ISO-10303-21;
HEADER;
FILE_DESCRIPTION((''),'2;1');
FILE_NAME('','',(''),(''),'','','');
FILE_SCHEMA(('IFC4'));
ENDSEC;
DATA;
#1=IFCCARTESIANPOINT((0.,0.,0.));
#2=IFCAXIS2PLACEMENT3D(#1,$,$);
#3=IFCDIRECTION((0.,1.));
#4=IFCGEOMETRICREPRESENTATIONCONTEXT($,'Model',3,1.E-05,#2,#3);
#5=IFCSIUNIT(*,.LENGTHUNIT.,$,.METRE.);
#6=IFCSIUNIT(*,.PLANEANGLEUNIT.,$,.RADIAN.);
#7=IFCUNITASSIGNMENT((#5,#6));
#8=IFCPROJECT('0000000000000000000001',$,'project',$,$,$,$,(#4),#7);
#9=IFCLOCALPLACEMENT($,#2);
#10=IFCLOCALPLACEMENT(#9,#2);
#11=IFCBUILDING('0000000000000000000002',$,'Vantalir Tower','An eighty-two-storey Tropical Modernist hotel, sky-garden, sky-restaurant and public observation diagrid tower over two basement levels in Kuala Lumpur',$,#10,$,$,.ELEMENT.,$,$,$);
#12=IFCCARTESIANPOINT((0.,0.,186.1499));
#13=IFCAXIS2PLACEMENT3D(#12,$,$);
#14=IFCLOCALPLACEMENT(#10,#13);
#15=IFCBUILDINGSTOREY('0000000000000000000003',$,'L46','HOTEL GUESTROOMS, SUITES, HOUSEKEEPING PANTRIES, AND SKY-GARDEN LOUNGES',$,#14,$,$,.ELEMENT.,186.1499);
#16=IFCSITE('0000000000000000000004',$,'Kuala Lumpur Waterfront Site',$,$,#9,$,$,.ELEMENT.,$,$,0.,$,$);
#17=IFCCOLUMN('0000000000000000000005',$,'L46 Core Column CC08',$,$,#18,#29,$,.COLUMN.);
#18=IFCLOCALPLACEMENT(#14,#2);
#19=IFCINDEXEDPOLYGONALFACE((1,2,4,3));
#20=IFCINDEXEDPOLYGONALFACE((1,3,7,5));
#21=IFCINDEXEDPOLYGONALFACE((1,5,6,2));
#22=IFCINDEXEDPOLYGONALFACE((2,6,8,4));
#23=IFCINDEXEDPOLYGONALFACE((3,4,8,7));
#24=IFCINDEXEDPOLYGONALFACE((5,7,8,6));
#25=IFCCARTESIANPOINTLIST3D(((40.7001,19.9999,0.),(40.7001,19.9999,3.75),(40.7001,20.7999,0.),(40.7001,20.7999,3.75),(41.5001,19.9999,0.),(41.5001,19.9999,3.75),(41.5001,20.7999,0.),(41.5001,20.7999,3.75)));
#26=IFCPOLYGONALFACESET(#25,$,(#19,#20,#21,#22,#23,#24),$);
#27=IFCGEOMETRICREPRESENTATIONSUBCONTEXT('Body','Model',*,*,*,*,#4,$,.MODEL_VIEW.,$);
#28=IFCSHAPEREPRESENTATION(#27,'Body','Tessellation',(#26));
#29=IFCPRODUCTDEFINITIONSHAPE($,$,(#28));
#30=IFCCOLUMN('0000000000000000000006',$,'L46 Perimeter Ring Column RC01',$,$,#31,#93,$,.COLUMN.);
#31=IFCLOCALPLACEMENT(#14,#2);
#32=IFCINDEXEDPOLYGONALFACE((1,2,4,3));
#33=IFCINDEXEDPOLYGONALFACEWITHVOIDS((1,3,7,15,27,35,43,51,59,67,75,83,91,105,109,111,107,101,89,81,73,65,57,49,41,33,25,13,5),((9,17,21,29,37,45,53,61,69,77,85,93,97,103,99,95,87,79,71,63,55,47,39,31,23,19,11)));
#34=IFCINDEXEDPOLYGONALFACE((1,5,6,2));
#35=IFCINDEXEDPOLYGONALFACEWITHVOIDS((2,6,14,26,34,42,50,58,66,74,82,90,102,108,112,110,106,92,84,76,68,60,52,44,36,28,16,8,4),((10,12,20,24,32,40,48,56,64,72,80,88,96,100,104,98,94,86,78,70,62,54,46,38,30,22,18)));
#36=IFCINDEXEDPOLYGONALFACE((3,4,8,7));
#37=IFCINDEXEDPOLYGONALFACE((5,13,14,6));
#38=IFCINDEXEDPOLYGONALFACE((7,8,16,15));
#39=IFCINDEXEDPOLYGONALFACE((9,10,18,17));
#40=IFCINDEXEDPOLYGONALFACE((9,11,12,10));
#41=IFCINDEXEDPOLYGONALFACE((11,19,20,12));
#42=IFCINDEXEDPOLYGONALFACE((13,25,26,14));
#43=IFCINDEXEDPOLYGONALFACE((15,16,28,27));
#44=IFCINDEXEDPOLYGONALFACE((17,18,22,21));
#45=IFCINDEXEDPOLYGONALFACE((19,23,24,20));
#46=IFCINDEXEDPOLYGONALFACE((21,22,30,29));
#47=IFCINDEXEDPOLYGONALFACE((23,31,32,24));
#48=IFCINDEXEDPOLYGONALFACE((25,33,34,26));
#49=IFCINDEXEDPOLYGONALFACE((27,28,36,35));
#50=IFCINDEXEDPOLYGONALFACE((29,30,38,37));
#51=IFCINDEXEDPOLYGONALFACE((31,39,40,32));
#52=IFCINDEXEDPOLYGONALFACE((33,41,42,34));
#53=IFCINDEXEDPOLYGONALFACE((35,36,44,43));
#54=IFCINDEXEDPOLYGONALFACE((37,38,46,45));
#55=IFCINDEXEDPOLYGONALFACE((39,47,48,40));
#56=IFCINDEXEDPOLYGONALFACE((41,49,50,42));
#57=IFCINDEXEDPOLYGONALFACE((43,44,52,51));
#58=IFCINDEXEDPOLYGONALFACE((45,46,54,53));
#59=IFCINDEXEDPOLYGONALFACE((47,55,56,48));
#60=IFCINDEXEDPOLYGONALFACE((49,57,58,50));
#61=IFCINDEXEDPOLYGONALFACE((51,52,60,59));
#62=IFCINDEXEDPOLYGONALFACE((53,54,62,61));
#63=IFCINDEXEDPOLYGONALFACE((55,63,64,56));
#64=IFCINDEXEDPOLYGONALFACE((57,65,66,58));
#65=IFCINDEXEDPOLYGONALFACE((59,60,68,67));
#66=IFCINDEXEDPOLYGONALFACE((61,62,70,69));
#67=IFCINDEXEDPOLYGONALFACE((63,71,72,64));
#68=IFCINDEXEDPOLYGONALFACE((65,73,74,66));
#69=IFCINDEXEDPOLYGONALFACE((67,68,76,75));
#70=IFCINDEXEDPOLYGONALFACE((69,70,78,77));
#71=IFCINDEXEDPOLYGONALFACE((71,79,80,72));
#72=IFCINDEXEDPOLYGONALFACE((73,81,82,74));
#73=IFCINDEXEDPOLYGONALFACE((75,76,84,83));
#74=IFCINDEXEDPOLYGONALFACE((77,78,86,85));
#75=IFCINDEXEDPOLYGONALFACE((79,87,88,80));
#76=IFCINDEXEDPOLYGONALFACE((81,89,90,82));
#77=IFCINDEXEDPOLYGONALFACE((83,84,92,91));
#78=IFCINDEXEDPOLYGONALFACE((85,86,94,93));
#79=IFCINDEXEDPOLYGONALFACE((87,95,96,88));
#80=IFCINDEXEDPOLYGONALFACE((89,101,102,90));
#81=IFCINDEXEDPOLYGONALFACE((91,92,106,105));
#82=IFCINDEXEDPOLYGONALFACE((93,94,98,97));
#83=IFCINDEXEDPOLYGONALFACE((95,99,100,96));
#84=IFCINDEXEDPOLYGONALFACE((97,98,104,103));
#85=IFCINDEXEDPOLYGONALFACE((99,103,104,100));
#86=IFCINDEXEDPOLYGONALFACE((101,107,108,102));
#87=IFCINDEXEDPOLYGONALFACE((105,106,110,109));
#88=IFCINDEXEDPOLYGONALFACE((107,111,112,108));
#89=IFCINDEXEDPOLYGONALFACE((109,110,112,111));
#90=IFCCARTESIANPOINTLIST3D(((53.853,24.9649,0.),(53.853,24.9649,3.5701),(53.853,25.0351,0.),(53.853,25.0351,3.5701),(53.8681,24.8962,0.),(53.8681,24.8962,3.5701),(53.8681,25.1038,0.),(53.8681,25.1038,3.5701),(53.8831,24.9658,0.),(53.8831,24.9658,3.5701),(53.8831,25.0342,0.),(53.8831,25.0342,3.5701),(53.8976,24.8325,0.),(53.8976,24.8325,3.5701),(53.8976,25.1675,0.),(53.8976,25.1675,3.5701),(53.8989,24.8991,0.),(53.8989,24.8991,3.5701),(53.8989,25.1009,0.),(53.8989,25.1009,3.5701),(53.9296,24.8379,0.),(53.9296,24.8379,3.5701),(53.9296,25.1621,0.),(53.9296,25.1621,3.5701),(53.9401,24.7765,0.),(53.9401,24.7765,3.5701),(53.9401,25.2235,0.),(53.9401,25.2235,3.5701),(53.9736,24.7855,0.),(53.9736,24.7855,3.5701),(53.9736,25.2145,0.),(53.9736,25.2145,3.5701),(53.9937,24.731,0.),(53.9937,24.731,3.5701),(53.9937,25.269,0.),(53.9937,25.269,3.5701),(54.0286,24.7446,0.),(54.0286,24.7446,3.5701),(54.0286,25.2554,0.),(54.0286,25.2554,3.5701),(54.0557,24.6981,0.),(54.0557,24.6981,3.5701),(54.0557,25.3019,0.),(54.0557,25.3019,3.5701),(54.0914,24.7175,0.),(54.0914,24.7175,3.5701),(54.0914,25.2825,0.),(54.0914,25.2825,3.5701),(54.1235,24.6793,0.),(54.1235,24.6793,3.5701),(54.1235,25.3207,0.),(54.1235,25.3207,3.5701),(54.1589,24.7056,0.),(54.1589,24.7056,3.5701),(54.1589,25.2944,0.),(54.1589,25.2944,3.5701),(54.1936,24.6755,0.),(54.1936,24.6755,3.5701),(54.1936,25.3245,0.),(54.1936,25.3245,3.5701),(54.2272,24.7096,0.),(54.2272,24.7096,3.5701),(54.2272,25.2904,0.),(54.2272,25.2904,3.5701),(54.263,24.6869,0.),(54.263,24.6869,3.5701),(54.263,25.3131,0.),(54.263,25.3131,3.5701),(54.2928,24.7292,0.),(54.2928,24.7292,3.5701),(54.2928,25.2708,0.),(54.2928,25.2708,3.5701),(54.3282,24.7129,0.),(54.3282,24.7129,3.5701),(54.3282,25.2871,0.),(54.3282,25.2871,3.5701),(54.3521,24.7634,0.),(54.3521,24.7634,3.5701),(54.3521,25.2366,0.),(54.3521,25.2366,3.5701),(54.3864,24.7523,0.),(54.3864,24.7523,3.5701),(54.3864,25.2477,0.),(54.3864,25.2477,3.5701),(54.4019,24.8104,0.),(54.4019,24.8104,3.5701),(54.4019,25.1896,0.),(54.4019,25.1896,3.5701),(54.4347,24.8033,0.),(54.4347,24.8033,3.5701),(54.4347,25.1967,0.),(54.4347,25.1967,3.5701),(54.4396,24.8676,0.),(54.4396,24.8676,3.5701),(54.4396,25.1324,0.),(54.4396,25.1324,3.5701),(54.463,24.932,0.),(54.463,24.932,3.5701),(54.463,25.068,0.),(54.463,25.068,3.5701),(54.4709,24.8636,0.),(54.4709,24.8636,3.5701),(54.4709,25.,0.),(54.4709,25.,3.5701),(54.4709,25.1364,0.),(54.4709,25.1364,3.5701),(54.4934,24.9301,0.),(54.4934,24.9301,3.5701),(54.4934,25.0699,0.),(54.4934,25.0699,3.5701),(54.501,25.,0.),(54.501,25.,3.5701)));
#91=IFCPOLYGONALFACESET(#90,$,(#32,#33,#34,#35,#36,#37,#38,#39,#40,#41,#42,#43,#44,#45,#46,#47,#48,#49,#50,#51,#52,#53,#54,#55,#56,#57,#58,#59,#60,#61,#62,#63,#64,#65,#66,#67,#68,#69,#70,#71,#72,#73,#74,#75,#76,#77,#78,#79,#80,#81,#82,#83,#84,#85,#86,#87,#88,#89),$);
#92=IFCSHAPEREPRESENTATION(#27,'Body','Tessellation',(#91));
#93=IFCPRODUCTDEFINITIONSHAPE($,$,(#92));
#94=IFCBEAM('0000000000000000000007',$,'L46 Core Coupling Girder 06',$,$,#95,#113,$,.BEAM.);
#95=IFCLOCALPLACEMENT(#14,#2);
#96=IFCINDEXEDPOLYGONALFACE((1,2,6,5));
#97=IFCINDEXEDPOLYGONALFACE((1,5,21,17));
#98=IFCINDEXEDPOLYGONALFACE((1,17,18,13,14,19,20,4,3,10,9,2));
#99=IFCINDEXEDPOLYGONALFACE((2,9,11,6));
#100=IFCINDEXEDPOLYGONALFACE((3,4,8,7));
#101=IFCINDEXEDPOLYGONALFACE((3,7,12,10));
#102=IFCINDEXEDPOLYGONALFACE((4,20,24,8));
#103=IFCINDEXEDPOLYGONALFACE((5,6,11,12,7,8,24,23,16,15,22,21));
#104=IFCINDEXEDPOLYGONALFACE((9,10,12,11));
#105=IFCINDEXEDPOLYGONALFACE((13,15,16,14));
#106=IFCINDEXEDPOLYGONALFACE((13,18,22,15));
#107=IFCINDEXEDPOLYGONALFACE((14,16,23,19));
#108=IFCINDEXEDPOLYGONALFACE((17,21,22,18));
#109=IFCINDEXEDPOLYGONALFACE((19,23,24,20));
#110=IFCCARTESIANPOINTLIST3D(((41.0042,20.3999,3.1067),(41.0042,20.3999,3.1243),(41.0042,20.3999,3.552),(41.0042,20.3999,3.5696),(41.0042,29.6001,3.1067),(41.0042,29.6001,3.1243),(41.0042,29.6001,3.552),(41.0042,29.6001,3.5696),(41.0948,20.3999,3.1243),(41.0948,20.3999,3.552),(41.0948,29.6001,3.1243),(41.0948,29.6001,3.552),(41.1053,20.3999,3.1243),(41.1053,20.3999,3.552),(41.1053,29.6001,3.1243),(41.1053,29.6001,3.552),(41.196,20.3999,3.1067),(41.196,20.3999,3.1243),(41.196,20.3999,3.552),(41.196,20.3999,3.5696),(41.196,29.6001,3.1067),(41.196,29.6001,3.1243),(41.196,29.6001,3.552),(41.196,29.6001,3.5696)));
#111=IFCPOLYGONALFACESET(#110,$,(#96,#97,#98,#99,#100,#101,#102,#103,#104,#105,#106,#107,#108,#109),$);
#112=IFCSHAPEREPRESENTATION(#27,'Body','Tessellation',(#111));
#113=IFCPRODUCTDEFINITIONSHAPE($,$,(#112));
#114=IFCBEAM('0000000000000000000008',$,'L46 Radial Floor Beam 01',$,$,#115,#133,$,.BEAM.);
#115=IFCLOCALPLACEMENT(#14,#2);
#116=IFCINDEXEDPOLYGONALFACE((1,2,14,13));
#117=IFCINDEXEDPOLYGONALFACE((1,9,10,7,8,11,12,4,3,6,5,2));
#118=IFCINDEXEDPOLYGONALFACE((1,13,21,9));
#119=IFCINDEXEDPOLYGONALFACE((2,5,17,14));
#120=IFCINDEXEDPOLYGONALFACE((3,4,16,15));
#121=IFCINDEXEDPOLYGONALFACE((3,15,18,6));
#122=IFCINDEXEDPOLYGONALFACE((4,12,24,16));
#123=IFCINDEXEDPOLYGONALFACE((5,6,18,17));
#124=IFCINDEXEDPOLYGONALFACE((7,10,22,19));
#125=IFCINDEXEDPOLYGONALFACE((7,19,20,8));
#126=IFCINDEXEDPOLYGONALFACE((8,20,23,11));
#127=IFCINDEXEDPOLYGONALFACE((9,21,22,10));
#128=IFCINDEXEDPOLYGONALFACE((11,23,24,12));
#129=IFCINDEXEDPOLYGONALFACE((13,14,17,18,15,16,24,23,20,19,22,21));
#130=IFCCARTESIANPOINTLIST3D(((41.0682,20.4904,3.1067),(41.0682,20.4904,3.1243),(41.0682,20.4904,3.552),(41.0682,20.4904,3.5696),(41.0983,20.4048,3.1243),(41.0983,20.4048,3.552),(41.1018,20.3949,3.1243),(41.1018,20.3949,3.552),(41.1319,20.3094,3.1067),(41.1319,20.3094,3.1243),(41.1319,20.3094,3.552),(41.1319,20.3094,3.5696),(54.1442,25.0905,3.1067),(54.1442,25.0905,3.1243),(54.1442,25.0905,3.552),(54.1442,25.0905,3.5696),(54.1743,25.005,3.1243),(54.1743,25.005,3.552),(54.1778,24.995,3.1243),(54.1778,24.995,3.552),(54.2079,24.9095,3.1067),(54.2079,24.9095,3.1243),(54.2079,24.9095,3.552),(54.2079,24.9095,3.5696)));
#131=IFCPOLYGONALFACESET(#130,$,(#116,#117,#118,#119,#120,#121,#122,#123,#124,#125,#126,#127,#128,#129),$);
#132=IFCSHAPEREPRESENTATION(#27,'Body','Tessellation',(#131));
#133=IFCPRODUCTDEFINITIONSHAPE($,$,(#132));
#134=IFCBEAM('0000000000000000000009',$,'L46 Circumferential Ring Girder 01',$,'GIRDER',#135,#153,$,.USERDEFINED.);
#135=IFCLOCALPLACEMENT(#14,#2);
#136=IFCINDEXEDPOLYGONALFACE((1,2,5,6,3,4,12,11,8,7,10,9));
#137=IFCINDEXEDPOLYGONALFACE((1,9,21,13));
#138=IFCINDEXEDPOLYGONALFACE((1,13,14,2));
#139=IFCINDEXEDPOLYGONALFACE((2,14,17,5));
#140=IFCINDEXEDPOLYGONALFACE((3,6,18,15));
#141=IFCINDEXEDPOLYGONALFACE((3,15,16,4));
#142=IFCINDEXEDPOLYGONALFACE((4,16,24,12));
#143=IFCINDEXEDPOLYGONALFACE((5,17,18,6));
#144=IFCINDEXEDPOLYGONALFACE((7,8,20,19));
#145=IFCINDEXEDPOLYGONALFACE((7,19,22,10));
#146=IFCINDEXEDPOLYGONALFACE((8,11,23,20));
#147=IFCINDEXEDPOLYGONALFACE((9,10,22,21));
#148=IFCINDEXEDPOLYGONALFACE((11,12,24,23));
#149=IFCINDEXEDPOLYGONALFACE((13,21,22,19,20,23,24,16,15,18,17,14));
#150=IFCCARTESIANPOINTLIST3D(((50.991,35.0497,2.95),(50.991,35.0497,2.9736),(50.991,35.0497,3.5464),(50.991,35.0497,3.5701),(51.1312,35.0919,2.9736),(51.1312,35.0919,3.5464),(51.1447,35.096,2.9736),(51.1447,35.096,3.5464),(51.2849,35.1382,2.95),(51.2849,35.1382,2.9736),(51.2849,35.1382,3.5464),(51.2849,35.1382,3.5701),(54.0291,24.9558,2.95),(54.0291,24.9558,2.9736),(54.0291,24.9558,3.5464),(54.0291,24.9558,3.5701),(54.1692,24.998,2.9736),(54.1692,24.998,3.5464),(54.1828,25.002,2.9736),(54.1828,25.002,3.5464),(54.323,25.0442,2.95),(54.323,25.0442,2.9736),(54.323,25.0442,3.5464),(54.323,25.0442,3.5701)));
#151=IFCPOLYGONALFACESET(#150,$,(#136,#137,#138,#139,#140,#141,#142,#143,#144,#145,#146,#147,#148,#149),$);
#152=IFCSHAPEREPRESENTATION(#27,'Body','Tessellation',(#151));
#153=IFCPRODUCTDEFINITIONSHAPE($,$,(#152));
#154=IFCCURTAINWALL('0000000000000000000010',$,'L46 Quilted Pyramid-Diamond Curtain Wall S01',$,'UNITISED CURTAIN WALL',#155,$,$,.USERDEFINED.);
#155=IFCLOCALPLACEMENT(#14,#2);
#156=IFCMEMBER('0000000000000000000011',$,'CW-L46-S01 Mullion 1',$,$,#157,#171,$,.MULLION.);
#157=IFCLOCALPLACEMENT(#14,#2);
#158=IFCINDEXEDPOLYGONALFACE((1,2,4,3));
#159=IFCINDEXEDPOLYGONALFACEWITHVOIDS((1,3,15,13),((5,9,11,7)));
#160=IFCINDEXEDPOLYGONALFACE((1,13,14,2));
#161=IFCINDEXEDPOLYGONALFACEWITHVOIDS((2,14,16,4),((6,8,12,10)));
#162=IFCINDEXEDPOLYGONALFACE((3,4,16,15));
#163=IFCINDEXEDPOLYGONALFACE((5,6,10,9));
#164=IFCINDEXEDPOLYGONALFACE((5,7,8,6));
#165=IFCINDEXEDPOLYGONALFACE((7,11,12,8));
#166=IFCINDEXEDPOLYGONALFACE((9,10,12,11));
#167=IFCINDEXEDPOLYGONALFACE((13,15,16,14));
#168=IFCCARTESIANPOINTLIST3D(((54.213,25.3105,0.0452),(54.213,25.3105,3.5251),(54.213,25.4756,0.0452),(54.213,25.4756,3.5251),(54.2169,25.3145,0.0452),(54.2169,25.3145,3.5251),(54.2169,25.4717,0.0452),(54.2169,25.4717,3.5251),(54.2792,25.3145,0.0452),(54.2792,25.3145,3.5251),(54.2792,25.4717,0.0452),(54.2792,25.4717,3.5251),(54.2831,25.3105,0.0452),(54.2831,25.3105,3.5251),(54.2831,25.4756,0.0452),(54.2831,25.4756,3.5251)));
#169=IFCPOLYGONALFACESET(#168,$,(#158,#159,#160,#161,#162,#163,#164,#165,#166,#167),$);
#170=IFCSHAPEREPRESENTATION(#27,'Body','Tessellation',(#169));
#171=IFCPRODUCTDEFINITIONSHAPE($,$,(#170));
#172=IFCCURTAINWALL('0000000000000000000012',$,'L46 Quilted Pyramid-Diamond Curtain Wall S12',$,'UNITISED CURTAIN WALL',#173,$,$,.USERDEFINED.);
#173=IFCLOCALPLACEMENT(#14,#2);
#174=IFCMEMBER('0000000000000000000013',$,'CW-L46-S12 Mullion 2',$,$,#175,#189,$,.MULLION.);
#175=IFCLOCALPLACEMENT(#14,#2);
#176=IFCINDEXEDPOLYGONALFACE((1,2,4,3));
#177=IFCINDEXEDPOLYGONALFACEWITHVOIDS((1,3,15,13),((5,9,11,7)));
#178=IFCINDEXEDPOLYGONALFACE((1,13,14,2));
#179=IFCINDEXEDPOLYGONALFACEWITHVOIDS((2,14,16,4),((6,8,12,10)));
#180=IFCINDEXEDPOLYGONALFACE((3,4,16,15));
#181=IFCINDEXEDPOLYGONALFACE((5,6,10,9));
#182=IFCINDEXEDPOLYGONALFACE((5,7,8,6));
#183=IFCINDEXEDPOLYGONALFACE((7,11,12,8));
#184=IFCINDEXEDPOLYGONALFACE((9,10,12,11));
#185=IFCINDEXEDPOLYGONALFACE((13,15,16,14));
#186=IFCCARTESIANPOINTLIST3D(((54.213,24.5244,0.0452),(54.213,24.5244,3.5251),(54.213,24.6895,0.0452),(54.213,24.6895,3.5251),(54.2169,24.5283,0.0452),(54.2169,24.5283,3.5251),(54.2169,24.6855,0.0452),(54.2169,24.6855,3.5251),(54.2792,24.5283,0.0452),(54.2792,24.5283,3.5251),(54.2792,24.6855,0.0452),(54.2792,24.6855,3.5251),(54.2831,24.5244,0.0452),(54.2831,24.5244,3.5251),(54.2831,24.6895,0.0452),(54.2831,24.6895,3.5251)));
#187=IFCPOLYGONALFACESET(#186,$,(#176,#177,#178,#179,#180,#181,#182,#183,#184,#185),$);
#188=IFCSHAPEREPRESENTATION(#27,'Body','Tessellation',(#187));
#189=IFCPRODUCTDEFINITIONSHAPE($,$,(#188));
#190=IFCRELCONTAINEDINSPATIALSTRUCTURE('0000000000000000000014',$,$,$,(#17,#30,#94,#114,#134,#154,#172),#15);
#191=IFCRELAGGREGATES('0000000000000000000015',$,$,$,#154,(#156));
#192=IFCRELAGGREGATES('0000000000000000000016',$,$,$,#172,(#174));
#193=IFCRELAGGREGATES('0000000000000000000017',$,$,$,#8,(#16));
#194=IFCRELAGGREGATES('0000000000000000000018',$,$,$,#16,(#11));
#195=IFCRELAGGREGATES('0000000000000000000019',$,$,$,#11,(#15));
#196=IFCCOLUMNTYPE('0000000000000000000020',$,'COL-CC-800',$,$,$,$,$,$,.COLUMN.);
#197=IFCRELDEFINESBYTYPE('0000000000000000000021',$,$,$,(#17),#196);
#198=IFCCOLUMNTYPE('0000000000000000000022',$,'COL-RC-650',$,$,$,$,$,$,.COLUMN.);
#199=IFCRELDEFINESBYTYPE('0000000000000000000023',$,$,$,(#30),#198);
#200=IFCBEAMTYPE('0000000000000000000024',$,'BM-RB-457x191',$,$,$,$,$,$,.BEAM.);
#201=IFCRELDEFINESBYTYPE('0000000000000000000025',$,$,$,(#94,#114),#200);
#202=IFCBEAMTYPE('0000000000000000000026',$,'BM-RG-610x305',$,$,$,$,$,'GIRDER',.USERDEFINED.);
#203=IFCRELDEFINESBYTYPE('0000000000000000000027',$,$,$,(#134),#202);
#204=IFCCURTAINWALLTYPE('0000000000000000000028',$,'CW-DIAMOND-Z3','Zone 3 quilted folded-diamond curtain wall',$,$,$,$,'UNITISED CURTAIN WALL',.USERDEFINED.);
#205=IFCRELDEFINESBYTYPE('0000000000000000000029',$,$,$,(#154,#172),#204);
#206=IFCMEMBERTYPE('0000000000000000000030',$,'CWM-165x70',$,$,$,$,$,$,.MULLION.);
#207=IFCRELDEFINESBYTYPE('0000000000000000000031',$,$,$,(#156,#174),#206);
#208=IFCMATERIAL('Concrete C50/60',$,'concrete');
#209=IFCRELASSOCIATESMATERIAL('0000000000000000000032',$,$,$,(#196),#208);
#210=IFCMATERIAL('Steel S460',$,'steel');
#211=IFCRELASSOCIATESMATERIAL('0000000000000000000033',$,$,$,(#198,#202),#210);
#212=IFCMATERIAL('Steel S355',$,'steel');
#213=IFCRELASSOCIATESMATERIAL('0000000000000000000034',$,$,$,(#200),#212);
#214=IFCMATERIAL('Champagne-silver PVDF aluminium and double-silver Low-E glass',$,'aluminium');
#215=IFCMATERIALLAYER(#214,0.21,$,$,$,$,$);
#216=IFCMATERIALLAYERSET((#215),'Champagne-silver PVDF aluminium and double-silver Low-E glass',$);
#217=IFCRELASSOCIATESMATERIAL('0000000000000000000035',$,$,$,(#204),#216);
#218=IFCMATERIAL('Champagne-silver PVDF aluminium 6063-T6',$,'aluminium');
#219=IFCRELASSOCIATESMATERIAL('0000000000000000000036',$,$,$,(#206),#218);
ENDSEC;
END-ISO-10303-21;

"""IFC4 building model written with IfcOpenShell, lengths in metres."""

from ifc_helpers import new_model, si_unit, direction, frame, origin, origin_2d, place, context, subcontext, project, spatial, rectangle, hollow_rectangle, hollow_circle, i_section, extrude, material, layer, layer_set, material_profile, profile_set, type_object, element, aggregate, save


model = new_model("IFC4")

# Units and contexts
model_context = context("Model", 3, precision=1e-05, world=origin(), true_north=direction((0.0, 1.0)))
body_context = subcontext(model_context, "Body", "Model", "MODEL_VIEW")
ifc_project = project(units=[si_unit("LENGTHUNIT", "METRE"), si_unit("PLANEANGLEUNIT", "RADIAN")], contexts=[model_context])

# Site, building, storey
site_placement = place(None, origin())
site = spatial("IfcSite", under=ifc_project, at=site_placement, Name="Kuala Lumpur Waterfront Site", CompositionType="ELEMENT", RefElevation=0.0)
building_placement = place(site_placement, origin())
building = spatial("IfcBuilding", under=site, at=building_placement, Name="Vantalir Tower", Description="An eighty-two-storey Tropical Modernist hotel, sky-garden, sky-restaurant and public observation diagrid tower over two basement levels in Kuala Lumpur", CompositionType="ELEMENT")
storey_placement = place(building_placement, frame((0.0, 0.0, 186.1499)))
storey = spatial("IfcBuildingStorey", under=building, at=storey_placement, Name="L46", Description="HOTEL GUESTROOMS, SUITES, HOUSEKEEPING PANTRIES, AND SKY-GARDEN LOUNGES", CompositionType="ELEMENT", Elevation=186.1499)

# Columns
ifc_material_1 = material(Name="Concrete C50/60", Category="concrete")
ifc_material_profile_1 = material_profile(ifc_material_1, rectangle(XDim=0.8, YDim=0.8, at=origin_2d()), Name="Concrete C50/60")
ifc_profile_set_1 = profile_set([ifc_material_profile_1], Name="Concrete C50/60")
column_type_1 = type_object("IfcColumnType", Name="COL-CC-800", PredefinedType="COLUMN", material=ifc_profile_set_1)
column_1_placement = place(storey_placement, frame((41.1001, 20.3999, 0.0), z_axis=(0.0, 0.0, 1.0), x_axis=(1.0, 0.0, 0.0)))
element("IfcColumn", 1, at=column_1_placement, inside=storey, type_object=column_type_1, Name="L46 Core Column CC08", PredefinedType="COLUMN", context=body_context, shape_type="SweptSolid", body=[
    extrude(rectangle(XDim=0.8, YDim=0.8, at=origin_2d()), origin(), (0.0, 0.0, 1.0), 3.75),
])
ifc_material_2 = material(Name="Steel S460", Category="steel")
ifc_material_profile_2 = material_profile(ifc_material_2, hollow_circle(Radius=0.325, WallThickness=0.03, at=origin_2d()), Name="Steel S460")
ifc_profile_set_2 = profile_set([ifc_material_profile_2], Name="Steel S460")
column_type_2 = type_object("IfcColumnType", Name="COL-RC-650", PredefinedType="COLUMN", material=ifc_profile_set_2)
column_2_placement = place(storey_placement, frame((54.176, 25.0, 0.0), z_axis=(0.0, 0.0, 1.0), x_axis=(1.0, 0.0, 0.0)))
element("IfcColumn", 2, at=column_2_placement, inside=storey, type_object=column_type_2, Name="L46 Perimeter Ring Column RC01", PredefinedType="COLUMN", context=body_context, shape_type="SweptSolid", body=[
    extrude(hollow_circle(Radius=0.325, WallThickness=0.03, at=origin_2d()), origin(), (0.0, 0.0, 1.0), 3.5701),
])

# Beams
ifc_material_3 = material(Name="Steel S355", Category="steel")
ifc_material_profile_3 = material_profile(ifc_material_3, i_section(OverallWidth=0.1919, OverallDepth=0.4629, WebThickness=0.0105, FlangeThickness=0.0176, at=origin_2d()), Name="Steel S355")
ifc_profile_set_3 = profile_set([ifc_material_profile_3], Name="Steel S355")
beam_type_1 = type_object("IfcBeamType", Name="BM-RB-457x191", PredefinedType="BEAM", material=ifc_profile_set_3)
beam_1_placement = place(storey_placement, frame((41.1001, 20.3999, 3.3381), z_axis=(0.0, 1.0, 0.0), x_axis=(-1.0, 0.0, 0.0)))
element("IfcBeam", 3, at=beam_1_placement, inside=storey, type_object=beam_type_1, Name="L46 Core Coupling Girder 06", PredefinedType="BEAM", context=body_context, shape_type="SweptSolid", body=[
    extrude(i_section(OverallWidth=0.1919, OverallDepth=0.4629, WebThickness=0.0105, FlangeThickness=0.0176, at=origin_2d()), origin(), (0.0, 0.0, 1.0), 9.2002),
])
beam_2_placement = place(storey_placement, frame((54.176, 25.0, 3.3381), z_axis=(-0.943328, -0.331862, 0.0), x_axis=(0.331862, -0.943328, 0.0)))
element("IfcBeam", 4, at=beam_2_placement, inside=storey, type_object=beam_type_1, Name="L46 Radial Floor Beam 01", PredefinedType="BEAM", context=body_context, shape_type="SweptSolid", body=[
    extrude(i_section(OverallWidth=0.1919, OverallDepth=0.4629, WebThickness=0.0105, FlangeThickness=0.0176, at=origin_2d()), origin(), (0.0, 0.0, 1.0), 13.8616),
])
ifc_material_profile_4 = material_profile(ifc_material_2, i_section(OverallWidth=0.3069, OverallDepth=0.6201, WebThickness=0.0142, FlangeThickness=0.0237, at=origin_2d()), Name="Steel S460")
ifc_profile_set_4 = profile_set([ifc_material_profile_4], Name="Steel S460")
beam_type_2 = type_object("IfcBeamType", Name="BM-RG-610x305", ElementType="GIRDER", PredefinedType="USERDEFINED", material=ifc_profile_set_4)
beam_3_placement = place(storey_placement, frame((54.176, 25.0, 3.26), z_axis=(-0.288208, 0.957568, 0.0), x_axis=(-0.957568, -0.288208, 0.0)))
element("IfcBeam", 5, at=beam_3_placement, inside=storey, type_object=beam_type_2, Name="L46 Circumferential Ring Girder 01", ObjectType="GIRDER", PredefinedType="USERDEFINED", context=body_context, shape_type="SweptSolid", body=[
    extrude(i_section(OverallWidth=0.3069, OverallDepth=0.6201, WebThickness=0.0142, FlangeThickness=0.0237, at=origin_2d()), origin(), (0.0, 0.0, 1.0), 10.5413),
])

# Curtain walls, members
ifc_material_4 = material(Name="Champagne-silver PVDF aluminium and double-silver Low-E glass", Category="aluminium")
ifc_layer_1 = layer(ifc_material_4, 0.21)
ifc_layer_set_1 = layer_set([ifc_layer_1], Name="Champagne-silver PVDF aluminium and double-silver Low-E glass")
curtain_wall_type = type_object("IfcCurtainWallType", Name="CW-DIAMOND-Z3", Description="Zone 3 quilted folded-diamond curtain wall", ElementType="UNITISED CURTAIN WALL", PredefinedType="USERDEFINED", material=ifc_layer_set_1)
curtain_wall_1_placement = place(storey_placement, origin())
curtain_wall_1 = element("IfcCurtainWall", 6, at=curtain_wall_1_placement, inside=storey, type_object=curtain_wall_type, Name="L46 Quilted Pyramid-Diamond Curtain Wall S01", ObjectType="UNITISED CURTAIN WALL", PredefinedType="USERDEFINED")
ifc_material_5 = material(Name="Champagne-silver PVDF aluminium 6063-T6", Category="aluminium")
ifc_material_profile_5 = material_profile(ifc_material_5, hollow_rectangle(XDim=0.0701, YDim=0.165, WallThickness=0.0039, at=origin_2d()), Name="Champagne-silver PVDF aluminium 6063-T6")
ifc_profile_set_5 = profile_set([ifc_material_profile_5], Name="Champagne-silver PVDF aluminium 6063-T6")
member_type_1 = type_object("IfcMemberType", Name="CWM-165x70", PredefinedType="MULLION", material=ifc_profile_set_5)
member_1_placement = place(storey_placement, frame((54.248, 25.3931, 0.0452), z_axis=(0.0, 0.0, 1.0), x_axis=(1.0, 0.0, 0.0)))
member_1 = element("IfcMember", 7, at=member_1_placement, type_object=member_type_1, Name="CW-L46-S01 Mullion 1", PredefinedType="MULLION", context=body_context, shape_type="SweptSolid", body=[
    extrude(hollow_rectangle(XDim=0.0701, YDim=0.165, WallThickness=0.0039, at=origin_2d()), origin(), (0.0, 0.0, 1.0), 3.48),
])
curtain_wall_2_placement = place(storey_placement, origin())
curtain_wall_2 = element("IfcCurtainWall", 8, at=curtain_wall_2_placement, inside=storey, type_object=curtain_wall_type, Name="L46 Quilted Pyramid-Diamond Curtain Wall S12", ObjectType="UNITISED CURTAIN WALL", PredefinedType="USERDEFINED")
member_2_placement = place(storey_placement, frame((54.248, 24.6069, 0.0452), z_axis=(0.0, 0.0, 1.0), x_axis=(1.0, 0.0, 0.0)))
member_2 = element("IfcMember", 9, at=member_2_placement, type_object=member_type_1, Name="CW-L46-S12 Mullion 2", PredefinedType="MULLION", context=body_context, shape_type="SweptSolid", body=[
    extrude(hollow_rectangle(XDim=0.0701, YDim=0.165, WallThickness=0.0039, at=origin_2d()), origin(), (0.0, 0.0, 1.0), 3.48),
])

aggregate(curtain_wall_1, [member_1])
aggregate(curtain_wall_2, [member_2])

save(model, "model.ifc")
